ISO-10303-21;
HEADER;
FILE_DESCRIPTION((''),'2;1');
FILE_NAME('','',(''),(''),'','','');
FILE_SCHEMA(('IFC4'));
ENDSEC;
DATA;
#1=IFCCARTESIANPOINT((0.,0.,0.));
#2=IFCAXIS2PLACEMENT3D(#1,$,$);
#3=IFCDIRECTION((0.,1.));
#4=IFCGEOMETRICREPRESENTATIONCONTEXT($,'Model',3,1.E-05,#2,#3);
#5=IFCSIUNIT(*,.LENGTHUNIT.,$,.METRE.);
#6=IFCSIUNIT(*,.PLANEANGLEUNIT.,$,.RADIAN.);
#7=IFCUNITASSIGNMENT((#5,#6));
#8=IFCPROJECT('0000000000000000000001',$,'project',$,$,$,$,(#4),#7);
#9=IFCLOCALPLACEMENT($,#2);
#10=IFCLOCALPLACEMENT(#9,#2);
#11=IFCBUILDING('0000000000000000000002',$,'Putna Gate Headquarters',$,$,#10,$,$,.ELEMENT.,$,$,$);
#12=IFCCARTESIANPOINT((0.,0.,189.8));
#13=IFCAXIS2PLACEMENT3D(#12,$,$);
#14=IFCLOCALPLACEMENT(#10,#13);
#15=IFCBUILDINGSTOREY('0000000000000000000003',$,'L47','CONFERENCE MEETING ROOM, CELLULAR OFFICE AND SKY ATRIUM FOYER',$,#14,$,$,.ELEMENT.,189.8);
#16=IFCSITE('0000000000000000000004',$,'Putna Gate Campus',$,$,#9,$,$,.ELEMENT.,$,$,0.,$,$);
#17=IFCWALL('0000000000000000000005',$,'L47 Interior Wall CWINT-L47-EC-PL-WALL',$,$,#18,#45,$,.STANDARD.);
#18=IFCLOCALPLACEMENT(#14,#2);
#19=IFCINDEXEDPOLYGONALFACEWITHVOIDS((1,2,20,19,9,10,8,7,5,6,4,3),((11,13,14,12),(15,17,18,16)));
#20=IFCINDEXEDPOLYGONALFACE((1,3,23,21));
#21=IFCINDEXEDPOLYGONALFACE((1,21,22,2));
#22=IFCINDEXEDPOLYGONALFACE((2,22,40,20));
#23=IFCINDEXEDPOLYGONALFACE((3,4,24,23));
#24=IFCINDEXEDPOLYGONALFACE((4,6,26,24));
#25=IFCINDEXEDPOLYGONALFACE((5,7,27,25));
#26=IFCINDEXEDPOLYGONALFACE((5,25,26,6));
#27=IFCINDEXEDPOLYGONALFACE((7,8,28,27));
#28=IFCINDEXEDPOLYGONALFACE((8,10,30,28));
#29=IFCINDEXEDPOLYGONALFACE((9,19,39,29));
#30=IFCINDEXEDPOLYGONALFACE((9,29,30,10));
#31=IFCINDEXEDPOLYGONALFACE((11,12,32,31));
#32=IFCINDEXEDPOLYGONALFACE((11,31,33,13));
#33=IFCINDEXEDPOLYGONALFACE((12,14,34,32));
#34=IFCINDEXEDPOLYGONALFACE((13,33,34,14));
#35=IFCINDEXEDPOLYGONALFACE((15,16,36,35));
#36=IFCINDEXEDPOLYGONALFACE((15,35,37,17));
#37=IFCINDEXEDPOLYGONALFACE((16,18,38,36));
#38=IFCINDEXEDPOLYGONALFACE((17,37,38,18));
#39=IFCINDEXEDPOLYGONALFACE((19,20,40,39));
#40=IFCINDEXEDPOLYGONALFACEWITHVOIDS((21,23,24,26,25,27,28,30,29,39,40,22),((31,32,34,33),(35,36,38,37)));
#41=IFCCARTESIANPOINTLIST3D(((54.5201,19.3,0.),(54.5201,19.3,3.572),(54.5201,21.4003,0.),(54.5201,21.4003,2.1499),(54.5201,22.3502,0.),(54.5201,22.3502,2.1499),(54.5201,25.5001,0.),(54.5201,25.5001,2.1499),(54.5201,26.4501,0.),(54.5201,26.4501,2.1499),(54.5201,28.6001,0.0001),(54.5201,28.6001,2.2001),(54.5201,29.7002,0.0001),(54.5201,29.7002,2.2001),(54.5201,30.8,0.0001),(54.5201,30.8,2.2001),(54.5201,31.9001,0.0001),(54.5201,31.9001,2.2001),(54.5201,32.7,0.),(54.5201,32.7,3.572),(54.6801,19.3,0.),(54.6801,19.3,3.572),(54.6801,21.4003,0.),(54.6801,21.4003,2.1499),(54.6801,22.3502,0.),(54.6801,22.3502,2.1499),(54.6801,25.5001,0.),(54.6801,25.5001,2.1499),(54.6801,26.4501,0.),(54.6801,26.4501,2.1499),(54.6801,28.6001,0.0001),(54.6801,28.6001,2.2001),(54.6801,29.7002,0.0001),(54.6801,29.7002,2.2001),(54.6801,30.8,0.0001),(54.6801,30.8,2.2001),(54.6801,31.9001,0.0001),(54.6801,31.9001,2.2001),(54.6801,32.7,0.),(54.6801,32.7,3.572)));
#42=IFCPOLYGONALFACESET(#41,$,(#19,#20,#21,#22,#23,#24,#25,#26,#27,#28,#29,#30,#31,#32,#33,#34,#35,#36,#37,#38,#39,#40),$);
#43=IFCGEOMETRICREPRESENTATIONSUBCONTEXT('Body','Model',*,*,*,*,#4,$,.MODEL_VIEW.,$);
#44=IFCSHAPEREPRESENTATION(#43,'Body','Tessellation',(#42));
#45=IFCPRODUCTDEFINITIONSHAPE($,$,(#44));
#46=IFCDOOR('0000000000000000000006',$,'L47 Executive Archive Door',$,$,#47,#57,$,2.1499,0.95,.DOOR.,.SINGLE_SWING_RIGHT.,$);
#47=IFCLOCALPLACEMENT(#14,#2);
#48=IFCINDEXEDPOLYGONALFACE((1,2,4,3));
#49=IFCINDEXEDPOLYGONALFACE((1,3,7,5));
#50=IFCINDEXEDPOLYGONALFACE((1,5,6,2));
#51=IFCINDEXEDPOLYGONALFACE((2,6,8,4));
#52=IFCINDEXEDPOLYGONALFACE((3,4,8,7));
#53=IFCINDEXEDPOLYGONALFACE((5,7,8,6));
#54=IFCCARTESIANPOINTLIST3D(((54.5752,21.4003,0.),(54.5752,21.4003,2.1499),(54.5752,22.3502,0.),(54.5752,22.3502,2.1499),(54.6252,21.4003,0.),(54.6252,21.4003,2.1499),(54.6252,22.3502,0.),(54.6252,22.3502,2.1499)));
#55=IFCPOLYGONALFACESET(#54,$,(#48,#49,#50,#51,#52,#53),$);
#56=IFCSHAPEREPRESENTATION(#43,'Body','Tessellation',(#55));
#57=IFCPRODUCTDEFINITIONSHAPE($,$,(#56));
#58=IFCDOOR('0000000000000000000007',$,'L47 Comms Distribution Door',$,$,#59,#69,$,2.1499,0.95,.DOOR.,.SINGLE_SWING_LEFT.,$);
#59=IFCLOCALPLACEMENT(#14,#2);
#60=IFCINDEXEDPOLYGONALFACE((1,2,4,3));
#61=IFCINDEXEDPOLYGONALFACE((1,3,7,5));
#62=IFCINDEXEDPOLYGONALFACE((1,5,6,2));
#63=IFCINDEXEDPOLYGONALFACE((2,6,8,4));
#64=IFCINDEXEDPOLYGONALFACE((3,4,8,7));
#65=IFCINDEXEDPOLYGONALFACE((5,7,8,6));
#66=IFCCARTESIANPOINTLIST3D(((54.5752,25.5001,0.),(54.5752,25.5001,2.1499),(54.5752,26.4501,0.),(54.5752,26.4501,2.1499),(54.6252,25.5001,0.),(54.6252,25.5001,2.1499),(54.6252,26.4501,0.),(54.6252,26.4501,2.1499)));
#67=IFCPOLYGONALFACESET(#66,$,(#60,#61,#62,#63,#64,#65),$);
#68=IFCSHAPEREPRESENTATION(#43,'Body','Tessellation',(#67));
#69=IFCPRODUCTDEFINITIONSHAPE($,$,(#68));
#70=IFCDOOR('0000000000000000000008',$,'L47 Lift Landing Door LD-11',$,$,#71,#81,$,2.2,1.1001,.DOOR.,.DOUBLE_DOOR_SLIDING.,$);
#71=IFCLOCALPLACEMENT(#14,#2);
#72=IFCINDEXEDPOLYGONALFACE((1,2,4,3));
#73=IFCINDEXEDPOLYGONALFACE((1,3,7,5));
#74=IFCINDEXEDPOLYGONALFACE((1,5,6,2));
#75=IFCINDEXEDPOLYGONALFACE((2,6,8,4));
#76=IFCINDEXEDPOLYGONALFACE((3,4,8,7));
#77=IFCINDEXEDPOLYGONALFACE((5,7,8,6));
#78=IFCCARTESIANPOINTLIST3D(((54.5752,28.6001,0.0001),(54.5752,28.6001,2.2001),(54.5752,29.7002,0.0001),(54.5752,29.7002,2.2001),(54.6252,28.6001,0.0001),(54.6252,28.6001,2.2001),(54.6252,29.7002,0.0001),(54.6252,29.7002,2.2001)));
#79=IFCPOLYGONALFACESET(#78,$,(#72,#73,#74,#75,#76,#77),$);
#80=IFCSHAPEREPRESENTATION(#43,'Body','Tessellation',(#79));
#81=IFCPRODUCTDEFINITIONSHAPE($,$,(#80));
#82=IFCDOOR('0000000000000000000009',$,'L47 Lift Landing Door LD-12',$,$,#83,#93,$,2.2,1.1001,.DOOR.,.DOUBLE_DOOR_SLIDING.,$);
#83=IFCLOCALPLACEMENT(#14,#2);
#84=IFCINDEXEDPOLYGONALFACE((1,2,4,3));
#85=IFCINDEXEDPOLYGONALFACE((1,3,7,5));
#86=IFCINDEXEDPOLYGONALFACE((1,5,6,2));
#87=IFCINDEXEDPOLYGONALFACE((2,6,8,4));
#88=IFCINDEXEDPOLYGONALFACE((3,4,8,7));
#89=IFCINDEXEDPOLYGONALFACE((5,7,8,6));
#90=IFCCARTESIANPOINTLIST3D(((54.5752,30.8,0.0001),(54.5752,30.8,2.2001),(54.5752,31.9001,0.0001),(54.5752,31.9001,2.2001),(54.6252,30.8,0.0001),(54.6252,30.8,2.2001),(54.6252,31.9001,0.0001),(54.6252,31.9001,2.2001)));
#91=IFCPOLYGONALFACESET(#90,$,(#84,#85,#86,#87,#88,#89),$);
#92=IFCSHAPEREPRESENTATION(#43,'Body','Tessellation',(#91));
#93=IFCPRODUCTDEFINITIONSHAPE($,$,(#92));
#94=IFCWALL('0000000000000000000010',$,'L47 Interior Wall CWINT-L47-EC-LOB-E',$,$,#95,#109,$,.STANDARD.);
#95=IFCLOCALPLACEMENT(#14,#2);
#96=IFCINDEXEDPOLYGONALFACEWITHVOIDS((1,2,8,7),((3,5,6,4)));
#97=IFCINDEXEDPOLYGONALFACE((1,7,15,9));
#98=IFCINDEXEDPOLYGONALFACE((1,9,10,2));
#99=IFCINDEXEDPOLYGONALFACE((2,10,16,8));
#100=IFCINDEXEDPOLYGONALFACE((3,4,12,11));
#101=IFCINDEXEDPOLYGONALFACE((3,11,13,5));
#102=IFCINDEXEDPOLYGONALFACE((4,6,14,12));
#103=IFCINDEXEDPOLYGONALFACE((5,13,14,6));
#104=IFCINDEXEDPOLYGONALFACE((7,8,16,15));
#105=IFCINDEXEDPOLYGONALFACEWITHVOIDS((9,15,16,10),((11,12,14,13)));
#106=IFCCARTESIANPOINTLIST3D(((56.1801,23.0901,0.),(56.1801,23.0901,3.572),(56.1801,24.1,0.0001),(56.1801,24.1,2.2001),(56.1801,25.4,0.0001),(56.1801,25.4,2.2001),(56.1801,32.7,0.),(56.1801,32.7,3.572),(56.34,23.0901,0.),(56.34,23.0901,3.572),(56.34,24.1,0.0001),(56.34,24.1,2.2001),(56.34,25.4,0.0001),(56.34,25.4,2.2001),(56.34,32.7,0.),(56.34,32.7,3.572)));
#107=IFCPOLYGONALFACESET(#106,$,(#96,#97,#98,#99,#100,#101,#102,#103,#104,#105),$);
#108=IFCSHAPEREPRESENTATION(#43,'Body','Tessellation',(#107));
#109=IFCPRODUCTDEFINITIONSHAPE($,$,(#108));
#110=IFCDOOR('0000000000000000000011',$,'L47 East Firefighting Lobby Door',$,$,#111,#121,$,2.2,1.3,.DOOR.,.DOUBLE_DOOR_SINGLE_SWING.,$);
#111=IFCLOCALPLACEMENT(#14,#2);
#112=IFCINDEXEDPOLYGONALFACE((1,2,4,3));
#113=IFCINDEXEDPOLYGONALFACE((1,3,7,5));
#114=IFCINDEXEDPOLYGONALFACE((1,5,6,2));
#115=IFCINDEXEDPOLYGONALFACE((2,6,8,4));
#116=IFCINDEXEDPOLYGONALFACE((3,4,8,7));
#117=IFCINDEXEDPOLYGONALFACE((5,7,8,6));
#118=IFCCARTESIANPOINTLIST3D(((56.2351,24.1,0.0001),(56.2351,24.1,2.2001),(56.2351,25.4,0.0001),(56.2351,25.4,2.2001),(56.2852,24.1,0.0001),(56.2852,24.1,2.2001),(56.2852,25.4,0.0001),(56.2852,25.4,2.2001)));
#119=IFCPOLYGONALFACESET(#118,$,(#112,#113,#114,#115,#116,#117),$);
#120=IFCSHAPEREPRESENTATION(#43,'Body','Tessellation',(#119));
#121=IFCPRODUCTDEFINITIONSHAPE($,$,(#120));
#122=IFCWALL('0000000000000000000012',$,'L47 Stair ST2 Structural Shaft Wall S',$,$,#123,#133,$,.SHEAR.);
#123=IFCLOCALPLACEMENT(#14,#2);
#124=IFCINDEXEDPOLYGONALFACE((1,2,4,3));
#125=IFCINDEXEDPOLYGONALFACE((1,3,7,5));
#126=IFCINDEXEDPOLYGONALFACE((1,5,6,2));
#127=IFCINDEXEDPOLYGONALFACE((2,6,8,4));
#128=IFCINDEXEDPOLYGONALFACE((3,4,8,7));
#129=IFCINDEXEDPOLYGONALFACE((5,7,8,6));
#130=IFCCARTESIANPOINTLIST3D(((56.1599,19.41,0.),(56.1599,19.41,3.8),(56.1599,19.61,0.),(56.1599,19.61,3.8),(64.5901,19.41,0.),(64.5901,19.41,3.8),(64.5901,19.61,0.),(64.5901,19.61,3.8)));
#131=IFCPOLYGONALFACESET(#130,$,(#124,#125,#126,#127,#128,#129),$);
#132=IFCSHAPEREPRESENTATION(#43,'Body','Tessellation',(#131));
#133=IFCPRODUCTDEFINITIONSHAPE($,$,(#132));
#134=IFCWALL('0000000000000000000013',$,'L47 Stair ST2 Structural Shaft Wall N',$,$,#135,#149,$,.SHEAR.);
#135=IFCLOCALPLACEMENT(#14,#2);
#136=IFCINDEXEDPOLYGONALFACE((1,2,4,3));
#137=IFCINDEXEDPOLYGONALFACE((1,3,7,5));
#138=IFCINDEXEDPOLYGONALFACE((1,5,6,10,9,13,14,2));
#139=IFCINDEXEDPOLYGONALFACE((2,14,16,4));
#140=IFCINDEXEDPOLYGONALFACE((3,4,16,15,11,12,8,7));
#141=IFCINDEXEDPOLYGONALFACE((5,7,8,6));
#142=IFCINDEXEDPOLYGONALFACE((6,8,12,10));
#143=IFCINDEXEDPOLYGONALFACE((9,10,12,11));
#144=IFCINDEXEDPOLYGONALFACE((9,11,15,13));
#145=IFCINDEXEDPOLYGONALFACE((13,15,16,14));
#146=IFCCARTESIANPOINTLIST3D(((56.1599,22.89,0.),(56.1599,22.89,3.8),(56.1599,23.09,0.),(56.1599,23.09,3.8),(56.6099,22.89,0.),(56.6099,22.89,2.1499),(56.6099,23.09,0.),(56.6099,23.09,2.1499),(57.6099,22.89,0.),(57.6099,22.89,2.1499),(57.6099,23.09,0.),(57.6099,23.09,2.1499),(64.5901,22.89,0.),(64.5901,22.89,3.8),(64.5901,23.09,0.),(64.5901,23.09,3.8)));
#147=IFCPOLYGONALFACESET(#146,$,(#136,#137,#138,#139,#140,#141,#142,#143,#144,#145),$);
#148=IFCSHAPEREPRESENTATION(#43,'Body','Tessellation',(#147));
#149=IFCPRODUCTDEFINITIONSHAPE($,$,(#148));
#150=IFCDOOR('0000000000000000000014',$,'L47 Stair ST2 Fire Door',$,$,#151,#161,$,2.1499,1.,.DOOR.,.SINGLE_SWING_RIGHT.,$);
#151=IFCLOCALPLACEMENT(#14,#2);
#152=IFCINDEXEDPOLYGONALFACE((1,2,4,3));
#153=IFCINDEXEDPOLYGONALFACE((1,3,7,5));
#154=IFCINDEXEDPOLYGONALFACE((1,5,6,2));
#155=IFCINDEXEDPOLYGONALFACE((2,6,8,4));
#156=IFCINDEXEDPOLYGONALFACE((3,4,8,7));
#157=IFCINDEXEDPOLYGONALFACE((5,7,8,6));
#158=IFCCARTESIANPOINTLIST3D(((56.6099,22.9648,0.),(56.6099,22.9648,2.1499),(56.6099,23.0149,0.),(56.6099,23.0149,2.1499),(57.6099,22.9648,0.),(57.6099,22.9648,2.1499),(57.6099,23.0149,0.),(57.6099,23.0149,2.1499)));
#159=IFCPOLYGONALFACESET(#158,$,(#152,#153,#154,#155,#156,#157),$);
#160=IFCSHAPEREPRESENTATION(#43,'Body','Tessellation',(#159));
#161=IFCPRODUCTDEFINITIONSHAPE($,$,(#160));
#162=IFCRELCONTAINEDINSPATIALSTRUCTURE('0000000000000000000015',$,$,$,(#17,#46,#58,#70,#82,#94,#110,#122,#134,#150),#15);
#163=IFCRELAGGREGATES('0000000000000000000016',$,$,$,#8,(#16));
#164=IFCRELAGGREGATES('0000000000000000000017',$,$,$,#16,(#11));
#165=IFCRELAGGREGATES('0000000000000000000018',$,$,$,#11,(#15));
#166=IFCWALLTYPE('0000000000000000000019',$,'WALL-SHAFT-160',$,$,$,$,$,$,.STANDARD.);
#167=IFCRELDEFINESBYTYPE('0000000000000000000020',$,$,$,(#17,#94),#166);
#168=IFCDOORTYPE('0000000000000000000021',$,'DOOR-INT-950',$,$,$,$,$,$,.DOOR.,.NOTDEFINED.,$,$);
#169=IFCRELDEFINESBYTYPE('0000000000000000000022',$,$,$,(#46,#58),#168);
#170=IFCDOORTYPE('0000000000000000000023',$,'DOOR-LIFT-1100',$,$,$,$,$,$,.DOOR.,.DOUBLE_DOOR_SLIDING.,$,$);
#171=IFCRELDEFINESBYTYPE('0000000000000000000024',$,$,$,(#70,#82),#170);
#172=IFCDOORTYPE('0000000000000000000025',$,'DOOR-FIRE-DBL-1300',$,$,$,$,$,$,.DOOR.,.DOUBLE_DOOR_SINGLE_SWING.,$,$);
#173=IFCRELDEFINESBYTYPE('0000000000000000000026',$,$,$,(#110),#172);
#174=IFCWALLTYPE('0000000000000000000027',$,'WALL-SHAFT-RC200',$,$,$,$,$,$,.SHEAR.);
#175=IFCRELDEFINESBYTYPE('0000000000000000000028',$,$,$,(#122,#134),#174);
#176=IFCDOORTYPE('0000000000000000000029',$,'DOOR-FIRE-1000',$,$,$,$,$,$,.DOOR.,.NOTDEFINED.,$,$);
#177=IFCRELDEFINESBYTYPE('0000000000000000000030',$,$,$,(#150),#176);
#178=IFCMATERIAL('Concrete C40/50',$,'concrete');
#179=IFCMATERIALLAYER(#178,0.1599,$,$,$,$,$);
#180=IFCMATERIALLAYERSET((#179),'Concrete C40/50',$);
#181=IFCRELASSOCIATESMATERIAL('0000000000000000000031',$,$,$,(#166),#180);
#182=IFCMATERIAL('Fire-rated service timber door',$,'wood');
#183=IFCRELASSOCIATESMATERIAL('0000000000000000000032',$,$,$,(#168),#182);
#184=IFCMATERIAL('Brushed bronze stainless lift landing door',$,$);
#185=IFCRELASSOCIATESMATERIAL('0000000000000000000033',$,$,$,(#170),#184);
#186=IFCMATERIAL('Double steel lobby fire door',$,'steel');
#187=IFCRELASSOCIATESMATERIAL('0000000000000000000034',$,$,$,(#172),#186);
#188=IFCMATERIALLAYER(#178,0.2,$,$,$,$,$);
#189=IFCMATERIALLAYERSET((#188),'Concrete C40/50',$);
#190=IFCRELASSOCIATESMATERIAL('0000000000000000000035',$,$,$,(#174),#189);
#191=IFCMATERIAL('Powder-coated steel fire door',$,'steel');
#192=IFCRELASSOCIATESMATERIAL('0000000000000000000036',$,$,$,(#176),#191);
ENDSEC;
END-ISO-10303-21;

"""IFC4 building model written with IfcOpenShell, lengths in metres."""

from ifc_helpers import new_model, si_unit, direction, frame, frame_2d, origin, place, context, subcontext, project, spatial, rectangle, extrude, material, layer, layer_set, type_object, element, fill, save


model = new_model("IFC4")

# Units and contexts
model_context = context("Model", 3, precision=1e-05, world=origin(), true_north=direction((0.0, 1.0)))
body_context = subcontext(model_context, "Body", "Model", "MODEL_VIEW")
ifc_project = project(units=[si_unit("LENGTHUNIT", "METRE"), si_unit("PLANEANGLEUNIT", "RADIAN")], contexts=[model_context])

# Site, building, storey
site_placement = place(None, origin())
site = spatial("IfcSite", under=ifc_project, at=site_placement, Name="Putna Gate Campus", CompositionType="ELEMENT", RefElevation=0.0)
building_placement = place(site_placement, origin())
building = spatial("IfcBuilding", under=site, at=building_placement, Name="Putna Gate Headquarters", CompositionType="ELEMENT")
storey_placement = place(building_placement, frame((0.0, 0.0, 189.8)))
storey = spatial("IfcBuildingStorey", under=building, at=storey_placement, Name="L47", Description="CONFERENCE MEETING ROOM, CELLULAR OFFICE AND SKY ATRIUM FOYER", CompositionType="ELEMENT", Elevation=189.8)

# Wall, openings, doors
ifc_material_1 = material(Name="Concrete C40/50", Category="concrete")
ifc_layer_1 = layer(ifc_material_1, 0.1599)
ifc_layer_set_1 = layer_set([ifc_layer_1], Name="Concrete C40/50")
wall_type_1 = type_object("IfcWallType", Name="WALL-SHAFT-160", PredefinedType="STANDARD", material=ifc_layer_set_1)
wall_1_placement = place(storey_placement, frame((54.6001, 19.3, 0.0), z_axis=(0.0, 0.0, 1.0), x_axis=(0.0, 1.0, 0.0)))
wall_1 = element("IfcWall", 1, at=wall_1_placement, inside=storey, type_object=wall_type_1, Name="L47 Interior Wall CWINT-L47-EC-PL-WALL", PredefinedType="STANDARD", context=body_context, shape_type="SweptSolid", body=[
    extrude(rectangle(XDim=13.3999, YDim=0.1599, at=frame_2d((6.7, 0.0))), origin(), (0.0, 0.0, 1.0), 3.572),
])
opening_1_placement = place(wall_1_placement, frame((2.1001, 0.0, 0.0)))
opening_1 = element("IfcOpeningElement", 2, at=opening_1_placement, cuts=wall_1, PredefinedType="OPENING", context=body_context, shape_type="SweptSolid", body=[
    extrude(rectangle(XDim=0.95, YDim=2.1499, at=frame_2d((0.4751, 1.075))), frame((0.0, 0.0898, 0.0), z_axis=(0.0, -1.0, 0.0), x_axis=(1.0, 0.0, 0.0)), (0.0, 0.0, 1.0), 0.1799),
])
opening_2_placement = place(wall_1_placement, frame((6.2, 0.0, 0.0)))
opening_2 = element("IfcOpeningElement", 3, at=opening_2_placement, cuts=wall_1, PredefinedType="OPENING", context=body_context, shape_type="SweptSolid", body=[
    extrude(rectangle(XDim=0.95, YDim=2.1499, at=frame_2d((0.4751, 1.075))), frame((0.0, 0.0898, 0.0), z_axis=(0.0, -1.0, 0.0), x_axis=(1.0, 0.0, 0.0)), (0.0, 0.0, 1.0), 0.1799),
])
opening_3_placement = place(wall_1_placement, frame((9.3, 0.0, 0.0)))
opening_3 = element("IfcOpeningElement", 4, at=opening_3_placement, cuts=wall_1, PredefinedType="OPENING", context=body_context, shape_type="SweptSolid", body=[
    extrude(rectangle(XDim=1.1001, YDim=2.2, at=frame_2d((0.55, 1.1001))), frame((0.0, 0.0898, 0.0), z_axis=(0.0, -1.0, 0.0), x_axis=(1.0, 0.0, 0.0)), (0.0, 0.0, 1.0), 0.1799),
])
opening_4_placement = place(wall_1_placement, frame((11.5, 0.0, 0.0)))
opening_4 = element("IfcOpeningElement", 5, at=opening_4_placement, cuts=wall_1, PredefinedType="OPENING", context=body_context, shape_type="SweptSolid", body=[
    extrude(rectangle(XDim=1.1001, YDim=2.2, at=frame_2d((0.55, 1.1001))), frame((0.0, 0.0898, 0.0), z_axis=(0.0, -1.0, 0.0), x_axis=(1.0, 0.0, 0.0)), (0.0, 0.0, 1.0), 0.1799),
])
ifc_material_2 = material(Name="Fire-rated service timber door", Category="wood")
door_type_1 = type_object("IfcDoorType", Name="DOOR-INT-950", OperationType="NOTDEFINED", PredefinedType="DOOR", material=ifc_material_2)
door_1_placement = place(opening_1_placement, origin())
door_1 = element("IfcDoor", 6, at=door_1_placement, inside=storey, type_object=door_type_1, Name="L47 Executive Archive Door", OperationType="SINGLE_SWING_RIGHT", OverallHeight=2.1499, OverallWidth=0.95, PredefinedType="DOOR", context=body_context, shape_type="SweptSolid", body=[
    extrude(rectangle(XDim=0.95, YDim=2.1499, at=frame_2d((0.4751, 1.075))), frame((0.0, 0.0249, 0.0), z_axis=(0.0, -1.0, 0.0), x_axis=(1.0, 0.0, 0.0)), (0.0, 0.0, 1.0), 0.05),
])
fill(opening_1, door_1)
door_2_placement = place(opening_2_placement, origin())
door_2 = element("IfcDoor", 7, at=door_2_placement, inside=storey, type_object=door_type_1, Name="L47 Comms Distribution Door", OperationType="SINGLE_SWING_LEFT", OverallHeight=2.1499, OverallWidth=0.95, PredefinedType="DOOR", context=body_context, shape_type="SweptSolid", body=[
    extrude(rectangle(XDim=0.95, YDim=2.1499, at=frame_2d((0.4751, 1.075))), frame((0.0, 0.0249, 0.0), z_axis=(0.0, -1.0, 0.0), x_axis=(1.0, 0.0, 0.0)), (0.0, 0.0, 1.0), 0.05),
])
fill(opening_2, door_2)
ifc_material_3 = material(Name="Brushed bronze stainless lift landing door")
door_type_2 = type_object("IfcDoorType", Name="DOOR-LIFT-1100", OperationType="DOUBLE_DOOR_SLIDING", PredefinedType="DOOR", material=ifc_material_3)
door_3_placement = place(opening_3_placement, origin())
door_3 = element("IfcDoor", 8, at=door_3_placement, inside=storey, type_object=door_type_2, Name="L47 Lift Landing Door LD-11", OperationType="DOUBLE_DOOR_SLIDING", OverallHeight=2.2, OverallWidth=1.1001, PredefinedType="DOOR", context=body_context, shape_type="SweptSolid", body=[
    extrude(rectangle(XDim=1.1001, YDim=2.2, at=frame_2d((0.55, 1.1001))), frame((0.0, 0.0249, 0.0), z_axis=(0.0, -1.0, 0.0), x_axis=(1.0, 0.0, 0.0)), (0.0, 0.0, 1.0), 0.05),
])
fill(opening_3, door_3)
door_4_placement = place(opening_4_placement, origin())
door_4 = element("IfcDoor", 9, at=door_4_placement, inside=storey, type_object=door_type_2, Name="L47 Lift Landing Door LD-12", OperationType="DOUBLE_DOOR_SLIDING", OverallHeight=2.2, OverallWidth=1.1001, PredefinedType="DOOR", context=body_context, shape_type="SweptSolid", body=[
    extrude(rectangle(XDim=1.1001, YDim=2.2, at=frame_2d((0.55, 1.1001))), frame((0.0, 0.0249, 0.0), z_axis=(0.0, -1.0, 0.0), x_axis=(1.0, 0.0, 0.0)), (0.0, 0.0, 1.0), 0.05),
])
fill(opening_4, door_4)

# Wall, opening, door
wall_2_placement = place(storey_placement, frame((56.26, 23.0901, 0.0), z_axis=(0.0, 0.0, 1.0), x_axis=(0.0, 1.0, 0.0)))
wall_2 = element("IfcWall", 10, at=wall_2_placement, inside=storey, type_object=wall_type_1, Name="L47 Interior Wall CWINT-L47-EC-LOB-E", PredefinedType="STANDARD", context=body_context, shape_type="SweptSolid", body=[
    extrude(rectangle(XDim=9.6099, YDim=0.1599, at=frame_2d((4.8049, 0.0))), origin(), (0.0, 0.0, 1.0), 3.572),
])
opening_5_placement = place(wall_2_placement, frame((1.01, 0.0, 0.0)))
opening_5 = element("IfcOpeningElement", 11, at=opening_5_placement, cuts=wall_2, PredefinedType="OPENING", context=body_context, shape_type="SweptSolid", body=[
    extrude(rectangle(XDim=1.3, YDim=2.2, at=frame_2d((0.6499, 1.1001))), frame((0.0, 0.0898, 0.0), z_axis=(0.0, -1.0, 0.0), x_axis=(1.0, 0.0, 0.0)), (0.0, 0.0, 1.0), 0.1799),
])
ifc_material_4 = material(Name="Double steel lobby fire door", Category="steel")
door_type_3 = type_object("IfcDoorType", Name="DOOR-FIRE-DBL-1300", OperationType="DOUBLE_DOOR_SINGLE_SWING", PredefinedType="DOOR", material=ifc_material_4)
door_5_placement = place(opening_5_placement, origin())
door_5 = element("IfcDoor", 12, at=door_5_placement, inside=storey, type_object=door_type_3, Name="L47 East Firefighting Lobby Door", OperationType="DOUBLE_DOOR_SINGLE_SWING", OverallHeight=2.2, OverallWidth=1.3, PredefinedType="DOOR", context=body_context, shape_type="SweptSolid", body=[
    extrude(rectangle(XDim=1.3, YDim=2.2, at=frame_2d((0.6499, 1.1001))), frame((0.0, 0.0249, 0.0), z_axis=(0.0, -1.0, 0.0), x_axis=(1.0, 0.0, 0.0)), (0.0, 0.0, 1.0), 0.05),
])
fill(opening_5, door_5)

# Wall
ifc_layer_2 = layer(ifc_material_1, 0.2)
ifc_layer_set_2 = layer_set([ifc_layer_2], Name="Concrete C40/50")
wall_type_2 = type_object("IfcWallType", Name="WALL-SHAFT-RC200", PredefinedType="SHEAR", material=ifc_layer_set_2)
wall_3_placement = place(storey_placement, frame((56.1599, 19.51, 0.0), z_axis=(0.0, 0.0, 1.0), x_axis=(1.0, 0.0, 0.0)))
element("IfcWall", 13, at=wall_3_placement, inside=storey, type_object=wall_type_2, Name="L47 Stair ST2 Structural Shaft Wall S", PredefinedType="SHEAR", context=body_context, shape_type="SweptSolid", body=[
    extrude(rectangle(XDim=8.4302, YDim=0.2, at=frame_2d((4.2151, 0.0))), origin(), (0.0, 0.0, 1.0), 3.8),
])

# Wall, opening, door
wall_4_placement = place(storey_placement, frame((56.1599, 22.99, 0.0), z_axis=(0.0, 0.0, 1.0), x_axis=(1.0, 0.0, 0.0)))
wall_4 = element("IfcWall", 14, at=wall_4_placement, inside=storey, type_object=wall_type_2, Name="L47 Stair ST2 Structural Shaft Wall N", PredefinedType="SHEAR", context=body_context, shape_type="SweptSolid", body=[
    extrude(rectangle(XDim=8.4302, YDim=0.2, at=frame_2d((4.2151, 0.0))), origin(), (0.0, 0.0, 1.0), 3.8),
])
opening_6_placement = place(wall_4_placement, frame((0.45, 0.0, 0.0)))
opening_6 = element("IfcOpeningElement", 15, at=opening_6_placement, cuts=wall_4, PredefinedType="OPENING", context=body_context, shape_type="SweptSolid", body=[
    extrude(rectangle(XDim=1.0, YDim=2.1499, at=frame_2d((0.5, 1.075))), frame((0.0, 0.1099, 0.0), z_axis=(0.0, -1.0, 0.0), x_axis=(1.0, 0.0, 0.0)), (0.0, 0.0, 1.0), 0.22),
])
ifc_material_5 = material(Name="Powder-coated steel fire door", Category="steel")
door_type_4 = type_object("IfcDoorType", Name="DOOR-FIRE-1000", OperationType="NOTDEFINED", PredefinedType="DOOR", material=ifc_material_5)
door_6_placement = place(opening_6_placement, origin())
door_6 = element("IfcDoor", 16, at=door_6_placement, inside=storey, type_object=door_type_4, Name="L47 Stair ST2 Fire Door", OperationType="SINGLE_SWING_RIGHT", OverallHeight=2.1499, OverallWidth=1.0, PredefinedType="DOOR", context=body_context, shape_type="SweptSolid", body=[
    extrude(rectangle(XDim=1.0, YDim=2.1499, at=frame_2d((0.5, 1.075))), frame((0.0, 0.0249, 0.0), z_axis=(0.0, -1.0, 0.0), x_axis=(1.0, 0.0, 0.0)), (0.0, 0.0, 1.0), 0.05),
])
fill(opening_6, door_6)

save(model, "model.ifc")
